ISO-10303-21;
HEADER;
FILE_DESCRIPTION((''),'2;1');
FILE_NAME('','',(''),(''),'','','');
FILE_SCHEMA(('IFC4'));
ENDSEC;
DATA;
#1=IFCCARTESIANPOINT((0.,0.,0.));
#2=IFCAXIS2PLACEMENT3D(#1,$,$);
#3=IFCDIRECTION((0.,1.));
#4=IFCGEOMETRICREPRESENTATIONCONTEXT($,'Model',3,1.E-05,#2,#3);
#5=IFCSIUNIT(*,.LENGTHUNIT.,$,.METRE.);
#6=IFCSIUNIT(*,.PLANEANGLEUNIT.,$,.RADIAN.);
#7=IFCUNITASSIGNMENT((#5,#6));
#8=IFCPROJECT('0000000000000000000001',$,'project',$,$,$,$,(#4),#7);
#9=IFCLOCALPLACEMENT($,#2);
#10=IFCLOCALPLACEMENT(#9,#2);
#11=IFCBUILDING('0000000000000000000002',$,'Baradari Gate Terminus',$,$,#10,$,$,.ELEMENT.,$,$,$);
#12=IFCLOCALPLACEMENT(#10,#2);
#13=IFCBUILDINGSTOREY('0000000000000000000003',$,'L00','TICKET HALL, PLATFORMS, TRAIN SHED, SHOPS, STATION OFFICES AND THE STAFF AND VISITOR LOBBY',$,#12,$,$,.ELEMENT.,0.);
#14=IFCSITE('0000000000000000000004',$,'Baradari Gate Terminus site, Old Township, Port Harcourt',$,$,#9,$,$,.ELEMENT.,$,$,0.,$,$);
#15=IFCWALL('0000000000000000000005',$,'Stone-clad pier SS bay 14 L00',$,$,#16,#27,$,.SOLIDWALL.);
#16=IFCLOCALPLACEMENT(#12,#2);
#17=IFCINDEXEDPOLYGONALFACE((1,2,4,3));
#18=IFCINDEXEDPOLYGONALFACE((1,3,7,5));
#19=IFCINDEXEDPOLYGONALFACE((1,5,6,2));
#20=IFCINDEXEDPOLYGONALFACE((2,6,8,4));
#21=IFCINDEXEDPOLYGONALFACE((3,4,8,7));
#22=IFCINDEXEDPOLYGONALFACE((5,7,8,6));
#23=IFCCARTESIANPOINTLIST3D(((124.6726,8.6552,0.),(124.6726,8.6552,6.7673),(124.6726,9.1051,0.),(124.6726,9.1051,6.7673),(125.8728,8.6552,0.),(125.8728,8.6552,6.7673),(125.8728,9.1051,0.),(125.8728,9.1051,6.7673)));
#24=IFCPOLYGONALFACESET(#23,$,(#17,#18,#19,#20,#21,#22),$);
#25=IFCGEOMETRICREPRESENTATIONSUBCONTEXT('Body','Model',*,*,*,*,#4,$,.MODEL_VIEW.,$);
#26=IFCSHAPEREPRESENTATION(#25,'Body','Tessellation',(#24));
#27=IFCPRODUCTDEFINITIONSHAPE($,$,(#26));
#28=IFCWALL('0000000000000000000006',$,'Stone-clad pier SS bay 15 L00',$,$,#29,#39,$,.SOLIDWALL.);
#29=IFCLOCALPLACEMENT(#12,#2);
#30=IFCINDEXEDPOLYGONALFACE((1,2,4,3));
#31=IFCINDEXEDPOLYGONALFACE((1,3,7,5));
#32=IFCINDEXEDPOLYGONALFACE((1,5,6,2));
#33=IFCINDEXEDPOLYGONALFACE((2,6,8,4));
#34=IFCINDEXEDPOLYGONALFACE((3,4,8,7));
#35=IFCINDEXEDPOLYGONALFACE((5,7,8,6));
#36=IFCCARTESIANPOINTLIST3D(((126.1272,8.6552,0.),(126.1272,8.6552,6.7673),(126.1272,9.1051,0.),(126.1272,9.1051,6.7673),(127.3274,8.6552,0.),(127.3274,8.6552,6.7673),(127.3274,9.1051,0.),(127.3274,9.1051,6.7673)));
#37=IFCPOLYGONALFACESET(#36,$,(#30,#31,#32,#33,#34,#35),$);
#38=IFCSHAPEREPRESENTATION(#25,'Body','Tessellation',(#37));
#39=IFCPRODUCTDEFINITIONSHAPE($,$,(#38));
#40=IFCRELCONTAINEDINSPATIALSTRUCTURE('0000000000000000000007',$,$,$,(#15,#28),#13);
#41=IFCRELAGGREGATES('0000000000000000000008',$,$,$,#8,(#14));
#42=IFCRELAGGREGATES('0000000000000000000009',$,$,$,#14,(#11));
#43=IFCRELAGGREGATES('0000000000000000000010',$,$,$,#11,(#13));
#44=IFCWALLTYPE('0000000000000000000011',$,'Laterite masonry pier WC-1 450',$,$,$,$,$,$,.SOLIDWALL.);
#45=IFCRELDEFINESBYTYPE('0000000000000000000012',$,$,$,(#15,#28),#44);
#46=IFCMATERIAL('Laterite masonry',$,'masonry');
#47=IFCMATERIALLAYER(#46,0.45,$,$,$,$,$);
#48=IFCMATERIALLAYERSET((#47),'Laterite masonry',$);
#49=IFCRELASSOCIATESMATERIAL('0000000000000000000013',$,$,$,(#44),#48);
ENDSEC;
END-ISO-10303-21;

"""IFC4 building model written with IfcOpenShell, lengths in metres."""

from ifc_helpers import new_model, si_unit, direction, frame, frame_2d, origin, place, context, subcontext, project, spatial, rectangle, extrude, material, layer, layer_set, type_object, element, save


model = new_model("IFC4")

# Units and contexts
model_context = context("Model", 3, precision=1e-05, world=origin(), true_north=direction((0.0, 1.0)))
body_context = subcontext(model_context, "Body", "Model", "MODEL_VIEW")
ifc_project = project(units=[si_unit("LENGTHUNIT", "METRE"), si_unit("PLANEANGLEUNIT", "RADIAN")], contexts=[model_context])

# Site, building, storey
site_placement = place(None, origin())
site = spatial("IfcSite", under=ifc_project, at=site_placement, Name="Baradari Gate Terminus site, Old Township, Port Harcourt", CompositionType="ELEMENT", RefElevation=0.0)
building_placement = place(site_placement, origin())
building = spatial("IfcBuilding", under=site, at=building_placement, Name="Baradari Gate Terminus", CompositionType="ELEMENT")
storey_placement = place(building_placement, origin())
storey = spatial("IfcBuildingStorey", under=building, at=storey_placement, Name="L00", Description="TICKET HALL, PLATFORMS, TRAIN SHED, SHOPS, STATION OFFICES AND THE STAFF AND VISITOR LOBBY", CompositionType="ELEMENT", Elevation=0.0)

# Walls
ifc_material_1 = material(Name="Laterite masonry", Category="masonry")
ifc_layer_1 = layer(ifc_material_1, 0.45)
ifc_layer_set_1 = layer_set([ifc_layer_1], Name="Laterite masonry")
wall_type = type_object("IfcWallType", Name="Laterite masonry pier WC-1 450", PredefinedType="SOLIDWALL", material=ifc_layer_set_1)
for number, where, z_axis, x_axis, name in (
    (1, (124.6726, 8.8801, 0.0), (0.0, 0.0, 1.0), (1.0, 0.0, 0.0), "Stone-clad pier SS bay 14 L00"),
    (2, (126.1272, 8.8801, 0.0), (0.0, 0.0, 1.0), (1.0, 0.0, 0.0), "Stone-clad pier SS bay 15 L00"),
):
    element("IfcWall", number, at=place(storey_placement, frame(where, z_axis=z_axis, x_axis=x_axis)), inside=storey, type_object=wall_type, Name=name, PredefinedType="SOLIDWALL", context=body_context, shape_type="SweptSolid", body=[
        extrude(rectangle(XDim=1.2002, YDim=0.45, at=frame_2d((0.6001, 0.0))), origin(), (0.0, 0.0, 1.0), 6.7673),
    ])

save(model, "model.ifc")
